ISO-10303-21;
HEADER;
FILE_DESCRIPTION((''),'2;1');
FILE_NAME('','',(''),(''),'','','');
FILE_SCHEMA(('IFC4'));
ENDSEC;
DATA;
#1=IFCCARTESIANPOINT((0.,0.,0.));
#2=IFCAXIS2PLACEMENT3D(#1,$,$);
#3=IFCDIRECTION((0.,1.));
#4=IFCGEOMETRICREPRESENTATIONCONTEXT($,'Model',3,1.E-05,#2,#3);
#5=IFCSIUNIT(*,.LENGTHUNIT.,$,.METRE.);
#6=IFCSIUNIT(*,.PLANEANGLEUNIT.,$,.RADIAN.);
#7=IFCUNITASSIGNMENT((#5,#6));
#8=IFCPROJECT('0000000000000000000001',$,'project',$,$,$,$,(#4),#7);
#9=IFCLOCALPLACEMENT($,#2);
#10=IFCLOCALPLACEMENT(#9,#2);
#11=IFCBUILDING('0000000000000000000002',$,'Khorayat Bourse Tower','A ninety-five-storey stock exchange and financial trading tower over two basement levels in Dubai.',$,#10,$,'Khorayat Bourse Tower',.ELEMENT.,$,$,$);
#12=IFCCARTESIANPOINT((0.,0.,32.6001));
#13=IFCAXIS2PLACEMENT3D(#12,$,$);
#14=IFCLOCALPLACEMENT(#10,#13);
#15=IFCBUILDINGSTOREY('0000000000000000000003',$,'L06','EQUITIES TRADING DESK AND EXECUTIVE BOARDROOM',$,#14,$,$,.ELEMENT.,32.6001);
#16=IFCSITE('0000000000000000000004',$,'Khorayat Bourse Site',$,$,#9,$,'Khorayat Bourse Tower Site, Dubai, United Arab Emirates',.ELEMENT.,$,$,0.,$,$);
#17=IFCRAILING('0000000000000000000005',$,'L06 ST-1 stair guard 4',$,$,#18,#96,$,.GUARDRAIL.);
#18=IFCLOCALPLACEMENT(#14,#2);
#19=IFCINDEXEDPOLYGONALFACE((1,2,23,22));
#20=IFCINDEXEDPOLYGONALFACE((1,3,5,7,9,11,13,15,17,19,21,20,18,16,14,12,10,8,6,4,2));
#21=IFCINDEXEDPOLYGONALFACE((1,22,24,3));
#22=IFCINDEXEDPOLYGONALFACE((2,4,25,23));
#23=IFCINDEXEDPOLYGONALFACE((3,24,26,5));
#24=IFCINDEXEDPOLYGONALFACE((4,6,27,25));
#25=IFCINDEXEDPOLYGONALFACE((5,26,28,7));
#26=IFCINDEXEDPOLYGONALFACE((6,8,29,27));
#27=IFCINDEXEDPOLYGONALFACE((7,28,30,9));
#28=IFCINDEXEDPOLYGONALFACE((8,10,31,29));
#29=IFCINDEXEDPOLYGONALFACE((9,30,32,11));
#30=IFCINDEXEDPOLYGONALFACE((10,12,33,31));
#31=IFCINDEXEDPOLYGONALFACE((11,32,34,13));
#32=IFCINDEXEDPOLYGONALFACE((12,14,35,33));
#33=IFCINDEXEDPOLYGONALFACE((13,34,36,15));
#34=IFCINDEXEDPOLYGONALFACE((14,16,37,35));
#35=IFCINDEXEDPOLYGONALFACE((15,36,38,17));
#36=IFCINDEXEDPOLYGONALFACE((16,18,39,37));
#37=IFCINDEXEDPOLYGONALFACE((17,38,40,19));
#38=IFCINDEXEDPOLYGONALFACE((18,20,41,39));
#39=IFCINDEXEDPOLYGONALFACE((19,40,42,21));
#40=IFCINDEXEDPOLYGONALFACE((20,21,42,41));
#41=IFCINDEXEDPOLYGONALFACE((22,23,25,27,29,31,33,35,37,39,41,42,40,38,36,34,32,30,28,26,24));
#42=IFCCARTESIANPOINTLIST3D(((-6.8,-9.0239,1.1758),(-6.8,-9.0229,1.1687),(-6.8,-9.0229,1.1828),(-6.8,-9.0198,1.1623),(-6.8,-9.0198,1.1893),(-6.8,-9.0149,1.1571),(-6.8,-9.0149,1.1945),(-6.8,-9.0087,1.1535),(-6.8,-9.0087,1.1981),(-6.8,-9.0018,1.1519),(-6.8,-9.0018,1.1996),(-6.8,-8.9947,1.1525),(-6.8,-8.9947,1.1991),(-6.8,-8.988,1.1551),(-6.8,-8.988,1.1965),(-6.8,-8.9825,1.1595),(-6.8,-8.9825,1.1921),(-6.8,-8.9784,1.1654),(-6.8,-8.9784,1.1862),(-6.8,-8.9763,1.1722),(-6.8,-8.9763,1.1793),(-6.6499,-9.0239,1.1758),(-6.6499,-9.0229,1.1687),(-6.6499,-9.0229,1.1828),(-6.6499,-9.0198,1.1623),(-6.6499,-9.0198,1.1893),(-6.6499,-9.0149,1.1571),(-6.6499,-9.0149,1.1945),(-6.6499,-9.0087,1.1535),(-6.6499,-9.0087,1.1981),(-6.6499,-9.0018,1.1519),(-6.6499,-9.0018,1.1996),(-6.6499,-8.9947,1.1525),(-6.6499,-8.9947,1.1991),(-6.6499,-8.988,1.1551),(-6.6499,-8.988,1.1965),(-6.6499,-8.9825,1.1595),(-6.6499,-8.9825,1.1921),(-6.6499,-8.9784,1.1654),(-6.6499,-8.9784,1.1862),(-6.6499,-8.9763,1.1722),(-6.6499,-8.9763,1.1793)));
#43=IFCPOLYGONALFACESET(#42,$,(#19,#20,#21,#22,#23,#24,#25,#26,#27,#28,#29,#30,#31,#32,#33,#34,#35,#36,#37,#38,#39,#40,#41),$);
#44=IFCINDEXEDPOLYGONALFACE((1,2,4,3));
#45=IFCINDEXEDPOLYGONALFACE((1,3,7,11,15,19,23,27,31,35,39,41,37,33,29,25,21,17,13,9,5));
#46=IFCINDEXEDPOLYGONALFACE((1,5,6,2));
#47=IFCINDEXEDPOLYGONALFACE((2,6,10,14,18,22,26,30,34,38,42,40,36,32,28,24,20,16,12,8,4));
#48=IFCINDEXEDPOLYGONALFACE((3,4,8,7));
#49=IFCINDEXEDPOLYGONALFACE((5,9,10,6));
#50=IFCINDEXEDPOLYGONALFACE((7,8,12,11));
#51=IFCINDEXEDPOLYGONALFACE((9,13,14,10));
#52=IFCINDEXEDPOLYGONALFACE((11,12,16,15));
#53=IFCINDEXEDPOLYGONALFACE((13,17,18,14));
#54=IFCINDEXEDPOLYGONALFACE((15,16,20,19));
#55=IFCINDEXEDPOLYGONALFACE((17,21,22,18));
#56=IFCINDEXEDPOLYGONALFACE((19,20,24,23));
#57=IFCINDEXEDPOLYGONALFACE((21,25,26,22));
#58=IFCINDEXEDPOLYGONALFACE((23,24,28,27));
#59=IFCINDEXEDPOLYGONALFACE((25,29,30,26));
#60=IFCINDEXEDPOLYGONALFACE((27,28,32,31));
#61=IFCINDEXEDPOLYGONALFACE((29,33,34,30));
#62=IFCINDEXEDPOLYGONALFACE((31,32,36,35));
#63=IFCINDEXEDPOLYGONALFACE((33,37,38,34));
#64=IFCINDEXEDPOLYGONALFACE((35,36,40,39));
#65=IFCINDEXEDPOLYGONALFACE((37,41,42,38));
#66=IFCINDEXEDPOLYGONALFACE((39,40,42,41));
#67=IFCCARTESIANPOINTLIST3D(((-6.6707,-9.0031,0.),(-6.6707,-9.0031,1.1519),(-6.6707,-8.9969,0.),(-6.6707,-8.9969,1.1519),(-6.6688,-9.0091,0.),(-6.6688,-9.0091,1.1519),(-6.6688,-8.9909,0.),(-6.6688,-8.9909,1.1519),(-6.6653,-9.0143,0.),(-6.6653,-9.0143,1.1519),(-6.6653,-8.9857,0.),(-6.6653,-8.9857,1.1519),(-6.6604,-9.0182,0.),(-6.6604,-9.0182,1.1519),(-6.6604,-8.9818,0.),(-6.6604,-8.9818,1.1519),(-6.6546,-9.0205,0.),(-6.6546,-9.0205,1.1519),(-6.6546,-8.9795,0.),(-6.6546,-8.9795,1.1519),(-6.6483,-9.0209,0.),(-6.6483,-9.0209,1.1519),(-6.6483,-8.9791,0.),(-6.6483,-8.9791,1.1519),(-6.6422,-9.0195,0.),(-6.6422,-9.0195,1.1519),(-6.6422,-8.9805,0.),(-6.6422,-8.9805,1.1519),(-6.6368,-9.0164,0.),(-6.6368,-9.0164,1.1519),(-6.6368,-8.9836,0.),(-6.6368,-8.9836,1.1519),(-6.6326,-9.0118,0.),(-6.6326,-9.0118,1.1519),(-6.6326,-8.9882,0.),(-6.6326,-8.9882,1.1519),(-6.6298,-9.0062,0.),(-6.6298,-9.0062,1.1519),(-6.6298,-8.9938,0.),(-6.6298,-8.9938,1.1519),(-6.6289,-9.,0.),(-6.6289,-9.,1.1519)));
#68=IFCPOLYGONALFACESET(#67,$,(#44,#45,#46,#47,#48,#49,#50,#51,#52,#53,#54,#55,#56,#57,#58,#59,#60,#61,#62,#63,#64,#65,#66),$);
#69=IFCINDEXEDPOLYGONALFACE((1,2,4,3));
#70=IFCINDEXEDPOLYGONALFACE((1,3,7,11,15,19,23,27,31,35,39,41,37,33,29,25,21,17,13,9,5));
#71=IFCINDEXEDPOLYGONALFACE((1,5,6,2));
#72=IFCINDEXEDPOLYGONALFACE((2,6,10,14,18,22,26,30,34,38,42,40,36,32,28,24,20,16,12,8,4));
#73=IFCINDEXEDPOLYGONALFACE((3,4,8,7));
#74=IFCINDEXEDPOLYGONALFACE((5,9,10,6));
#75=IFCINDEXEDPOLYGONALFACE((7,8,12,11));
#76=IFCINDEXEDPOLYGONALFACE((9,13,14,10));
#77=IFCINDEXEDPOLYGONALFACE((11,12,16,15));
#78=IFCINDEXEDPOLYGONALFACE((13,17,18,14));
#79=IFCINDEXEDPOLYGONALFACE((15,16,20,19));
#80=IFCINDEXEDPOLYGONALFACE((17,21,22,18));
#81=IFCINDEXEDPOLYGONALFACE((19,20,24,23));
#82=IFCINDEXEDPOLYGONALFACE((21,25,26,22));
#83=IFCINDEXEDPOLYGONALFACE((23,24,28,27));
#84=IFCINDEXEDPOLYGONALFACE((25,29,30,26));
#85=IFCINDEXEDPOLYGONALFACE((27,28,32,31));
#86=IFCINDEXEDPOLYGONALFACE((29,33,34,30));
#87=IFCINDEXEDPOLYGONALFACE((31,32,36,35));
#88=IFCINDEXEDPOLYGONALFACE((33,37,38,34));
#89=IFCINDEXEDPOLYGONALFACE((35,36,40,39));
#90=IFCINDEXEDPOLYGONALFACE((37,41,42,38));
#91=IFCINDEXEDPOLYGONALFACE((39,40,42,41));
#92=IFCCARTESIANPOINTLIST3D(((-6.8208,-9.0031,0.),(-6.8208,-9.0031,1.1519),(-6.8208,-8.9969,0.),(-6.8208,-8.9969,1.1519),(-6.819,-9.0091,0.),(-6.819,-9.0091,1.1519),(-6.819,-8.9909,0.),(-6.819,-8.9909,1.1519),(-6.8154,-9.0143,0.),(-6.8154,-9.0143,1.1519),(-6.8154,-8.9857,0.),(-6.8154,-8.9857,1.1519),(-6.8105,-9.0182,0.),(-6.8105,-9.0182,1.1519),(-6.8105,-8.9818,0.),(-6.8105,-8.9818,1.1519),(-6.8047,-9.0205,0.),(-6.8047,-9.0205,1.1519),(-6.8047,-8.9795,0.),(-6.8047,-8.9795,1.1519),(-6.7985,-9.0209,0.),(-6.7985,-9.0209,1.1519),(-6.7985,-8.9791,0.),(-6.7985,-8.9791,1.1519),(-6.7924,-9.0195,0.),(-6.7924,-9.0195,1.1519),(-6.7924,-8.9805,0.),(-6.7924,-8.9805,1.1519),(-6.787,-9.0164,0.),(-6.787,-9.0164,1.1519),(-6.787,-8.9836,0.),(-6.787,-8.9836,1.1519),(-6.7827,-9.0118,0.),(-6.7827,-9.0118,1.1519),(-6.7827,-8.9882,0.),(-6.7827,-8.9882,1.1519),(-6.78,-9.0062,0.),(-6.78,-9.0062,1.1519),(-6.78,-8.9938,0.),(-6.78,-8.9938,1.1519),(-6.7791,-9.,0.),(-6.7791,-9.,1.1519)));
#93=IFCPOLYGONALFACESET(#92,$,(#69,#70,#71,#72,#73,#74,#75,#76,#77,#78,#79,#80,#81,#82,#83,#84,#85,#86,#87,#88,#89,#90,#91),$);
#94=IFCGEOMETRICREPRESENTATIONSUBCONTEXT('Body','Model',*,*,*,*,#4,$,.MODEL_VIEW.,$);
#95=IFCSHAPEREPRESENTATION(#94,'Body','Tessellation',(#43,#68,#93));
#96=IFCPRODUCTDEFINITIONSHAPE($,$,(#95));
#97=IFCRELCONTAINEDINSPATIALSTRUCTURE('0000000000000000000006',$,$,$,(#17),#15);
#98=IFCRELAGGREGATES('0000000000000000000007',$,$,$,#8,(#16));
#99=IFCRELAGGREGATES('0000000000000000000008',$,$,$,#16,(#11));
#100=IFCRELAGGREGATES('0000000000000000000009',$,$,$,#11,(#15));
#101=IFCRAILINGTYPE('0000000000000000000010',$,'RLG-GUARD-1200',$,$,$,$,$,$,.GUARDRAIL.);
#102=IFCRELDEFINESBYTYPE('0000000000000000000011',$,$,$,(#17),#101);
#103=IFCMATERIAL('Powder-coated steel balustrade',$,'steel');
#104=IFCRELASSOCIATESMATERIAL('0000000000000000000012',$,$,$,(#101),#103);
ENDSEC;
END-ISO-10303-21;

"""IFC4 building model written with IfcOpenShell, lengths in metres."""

from ifc_helpers import new_model, si_unit, direction, frame, origin, origin_2d, place, context, subcontext, project, spatial, circle, extrude, source, transform, mapped, material, type_object, element, save


model = new_model("IFC4")

# Units and contexts
model_context = context("Model", 3, precision=1e-05, world=origin(), true_north=direction((0.0, 1.0)))
body_context = subcontext(model_context, "Body", "Model", "MODEL_VIEW")
ifc_project = project(units=[si_unit("LENGTHUNIT", "METRE"), si_unit("PLANEANGLEUNIT", "RADIAN")], contexts=[model_context])

# Site, building, storey
site_placement = place(None, origin())
site = spatial("IfcSite", under=ifc_project, at=site_placement, Name="Khorayat Bourse Site", LongName="Khorayat Bourse Tower Site, Dubai, United Arab Emirates", CompositionType="ELEMENT", RefElevation=0.0)
building_placement = place(site_placement, origin())
building = spatial("IfcBuilding", under=site, at=building_placement, Name="Khorayat Bourse Tower", Description="A ninety-five-storey stock exchange and financial trading tower over two basement levels in Dubai.", LongName="Khorayat Bourse Tower", CompositionType="ELEMENT")
storey_placement = place(building_placement, frame((0.0, 0.0, 32.6001)))
storey = spatial("IfcBuildingStorey", under=building, at=storey_placement, Name="L06", Description="EQUITIES TRADING DESK AND EXECUTIVE BOARDROOM", CompositionType="ELEMENT", Elevation=32.6001)

# Railing
ifc_material_1 = material(Name="Powder-coated steel balustrade", Category="steel")
railing_type_1 = type_object("IfcRailingType", Name="RLG-GUARD-1200", PredefinedType="GUARDRAIL", material=ifc_material_1)
shared_shape_1 = source(origin(), body_context, "Body", "SweptSolid", [
    extrude(circle(Radius=0.0239, at=origin_2d()), frame((0.0, 0.0, 1.1758), z_axis=(-1.0, 0.0, 0.0), x_axis=(0.0, -1.0, 0.0)), (0.0, 0.0, 1.0), 0.1501),
    extrude(circle(Radius=0.021, at=origin_2d()), origin(), (0.0, 0.0, 1.0), 1.1519),
    extrude(circle(Radius=0.021, at=origin_2d()), frame((-0.1501, 0.0, 0.0)), (0.0, 0.0, 1.0), 1.1519),
])
for number, where, name in (
    (1, (-6.6499, -9.0, 0.0), "L06 ST-1 stair guard 4"),
):
    element("IfcRailing", number, at=place(storey_placement, frame(where)), inside=storey, type_object=railing_type_1, Name=name, PredefinedType="GUARDRAIL", context=body_context, shape_type="MappedRepresentation", body=[
        mapped(shared_shape_1, transform((0.0, 0.0, 0.0), scale=1.0)),
    ])

save(model, "model.ifc")
